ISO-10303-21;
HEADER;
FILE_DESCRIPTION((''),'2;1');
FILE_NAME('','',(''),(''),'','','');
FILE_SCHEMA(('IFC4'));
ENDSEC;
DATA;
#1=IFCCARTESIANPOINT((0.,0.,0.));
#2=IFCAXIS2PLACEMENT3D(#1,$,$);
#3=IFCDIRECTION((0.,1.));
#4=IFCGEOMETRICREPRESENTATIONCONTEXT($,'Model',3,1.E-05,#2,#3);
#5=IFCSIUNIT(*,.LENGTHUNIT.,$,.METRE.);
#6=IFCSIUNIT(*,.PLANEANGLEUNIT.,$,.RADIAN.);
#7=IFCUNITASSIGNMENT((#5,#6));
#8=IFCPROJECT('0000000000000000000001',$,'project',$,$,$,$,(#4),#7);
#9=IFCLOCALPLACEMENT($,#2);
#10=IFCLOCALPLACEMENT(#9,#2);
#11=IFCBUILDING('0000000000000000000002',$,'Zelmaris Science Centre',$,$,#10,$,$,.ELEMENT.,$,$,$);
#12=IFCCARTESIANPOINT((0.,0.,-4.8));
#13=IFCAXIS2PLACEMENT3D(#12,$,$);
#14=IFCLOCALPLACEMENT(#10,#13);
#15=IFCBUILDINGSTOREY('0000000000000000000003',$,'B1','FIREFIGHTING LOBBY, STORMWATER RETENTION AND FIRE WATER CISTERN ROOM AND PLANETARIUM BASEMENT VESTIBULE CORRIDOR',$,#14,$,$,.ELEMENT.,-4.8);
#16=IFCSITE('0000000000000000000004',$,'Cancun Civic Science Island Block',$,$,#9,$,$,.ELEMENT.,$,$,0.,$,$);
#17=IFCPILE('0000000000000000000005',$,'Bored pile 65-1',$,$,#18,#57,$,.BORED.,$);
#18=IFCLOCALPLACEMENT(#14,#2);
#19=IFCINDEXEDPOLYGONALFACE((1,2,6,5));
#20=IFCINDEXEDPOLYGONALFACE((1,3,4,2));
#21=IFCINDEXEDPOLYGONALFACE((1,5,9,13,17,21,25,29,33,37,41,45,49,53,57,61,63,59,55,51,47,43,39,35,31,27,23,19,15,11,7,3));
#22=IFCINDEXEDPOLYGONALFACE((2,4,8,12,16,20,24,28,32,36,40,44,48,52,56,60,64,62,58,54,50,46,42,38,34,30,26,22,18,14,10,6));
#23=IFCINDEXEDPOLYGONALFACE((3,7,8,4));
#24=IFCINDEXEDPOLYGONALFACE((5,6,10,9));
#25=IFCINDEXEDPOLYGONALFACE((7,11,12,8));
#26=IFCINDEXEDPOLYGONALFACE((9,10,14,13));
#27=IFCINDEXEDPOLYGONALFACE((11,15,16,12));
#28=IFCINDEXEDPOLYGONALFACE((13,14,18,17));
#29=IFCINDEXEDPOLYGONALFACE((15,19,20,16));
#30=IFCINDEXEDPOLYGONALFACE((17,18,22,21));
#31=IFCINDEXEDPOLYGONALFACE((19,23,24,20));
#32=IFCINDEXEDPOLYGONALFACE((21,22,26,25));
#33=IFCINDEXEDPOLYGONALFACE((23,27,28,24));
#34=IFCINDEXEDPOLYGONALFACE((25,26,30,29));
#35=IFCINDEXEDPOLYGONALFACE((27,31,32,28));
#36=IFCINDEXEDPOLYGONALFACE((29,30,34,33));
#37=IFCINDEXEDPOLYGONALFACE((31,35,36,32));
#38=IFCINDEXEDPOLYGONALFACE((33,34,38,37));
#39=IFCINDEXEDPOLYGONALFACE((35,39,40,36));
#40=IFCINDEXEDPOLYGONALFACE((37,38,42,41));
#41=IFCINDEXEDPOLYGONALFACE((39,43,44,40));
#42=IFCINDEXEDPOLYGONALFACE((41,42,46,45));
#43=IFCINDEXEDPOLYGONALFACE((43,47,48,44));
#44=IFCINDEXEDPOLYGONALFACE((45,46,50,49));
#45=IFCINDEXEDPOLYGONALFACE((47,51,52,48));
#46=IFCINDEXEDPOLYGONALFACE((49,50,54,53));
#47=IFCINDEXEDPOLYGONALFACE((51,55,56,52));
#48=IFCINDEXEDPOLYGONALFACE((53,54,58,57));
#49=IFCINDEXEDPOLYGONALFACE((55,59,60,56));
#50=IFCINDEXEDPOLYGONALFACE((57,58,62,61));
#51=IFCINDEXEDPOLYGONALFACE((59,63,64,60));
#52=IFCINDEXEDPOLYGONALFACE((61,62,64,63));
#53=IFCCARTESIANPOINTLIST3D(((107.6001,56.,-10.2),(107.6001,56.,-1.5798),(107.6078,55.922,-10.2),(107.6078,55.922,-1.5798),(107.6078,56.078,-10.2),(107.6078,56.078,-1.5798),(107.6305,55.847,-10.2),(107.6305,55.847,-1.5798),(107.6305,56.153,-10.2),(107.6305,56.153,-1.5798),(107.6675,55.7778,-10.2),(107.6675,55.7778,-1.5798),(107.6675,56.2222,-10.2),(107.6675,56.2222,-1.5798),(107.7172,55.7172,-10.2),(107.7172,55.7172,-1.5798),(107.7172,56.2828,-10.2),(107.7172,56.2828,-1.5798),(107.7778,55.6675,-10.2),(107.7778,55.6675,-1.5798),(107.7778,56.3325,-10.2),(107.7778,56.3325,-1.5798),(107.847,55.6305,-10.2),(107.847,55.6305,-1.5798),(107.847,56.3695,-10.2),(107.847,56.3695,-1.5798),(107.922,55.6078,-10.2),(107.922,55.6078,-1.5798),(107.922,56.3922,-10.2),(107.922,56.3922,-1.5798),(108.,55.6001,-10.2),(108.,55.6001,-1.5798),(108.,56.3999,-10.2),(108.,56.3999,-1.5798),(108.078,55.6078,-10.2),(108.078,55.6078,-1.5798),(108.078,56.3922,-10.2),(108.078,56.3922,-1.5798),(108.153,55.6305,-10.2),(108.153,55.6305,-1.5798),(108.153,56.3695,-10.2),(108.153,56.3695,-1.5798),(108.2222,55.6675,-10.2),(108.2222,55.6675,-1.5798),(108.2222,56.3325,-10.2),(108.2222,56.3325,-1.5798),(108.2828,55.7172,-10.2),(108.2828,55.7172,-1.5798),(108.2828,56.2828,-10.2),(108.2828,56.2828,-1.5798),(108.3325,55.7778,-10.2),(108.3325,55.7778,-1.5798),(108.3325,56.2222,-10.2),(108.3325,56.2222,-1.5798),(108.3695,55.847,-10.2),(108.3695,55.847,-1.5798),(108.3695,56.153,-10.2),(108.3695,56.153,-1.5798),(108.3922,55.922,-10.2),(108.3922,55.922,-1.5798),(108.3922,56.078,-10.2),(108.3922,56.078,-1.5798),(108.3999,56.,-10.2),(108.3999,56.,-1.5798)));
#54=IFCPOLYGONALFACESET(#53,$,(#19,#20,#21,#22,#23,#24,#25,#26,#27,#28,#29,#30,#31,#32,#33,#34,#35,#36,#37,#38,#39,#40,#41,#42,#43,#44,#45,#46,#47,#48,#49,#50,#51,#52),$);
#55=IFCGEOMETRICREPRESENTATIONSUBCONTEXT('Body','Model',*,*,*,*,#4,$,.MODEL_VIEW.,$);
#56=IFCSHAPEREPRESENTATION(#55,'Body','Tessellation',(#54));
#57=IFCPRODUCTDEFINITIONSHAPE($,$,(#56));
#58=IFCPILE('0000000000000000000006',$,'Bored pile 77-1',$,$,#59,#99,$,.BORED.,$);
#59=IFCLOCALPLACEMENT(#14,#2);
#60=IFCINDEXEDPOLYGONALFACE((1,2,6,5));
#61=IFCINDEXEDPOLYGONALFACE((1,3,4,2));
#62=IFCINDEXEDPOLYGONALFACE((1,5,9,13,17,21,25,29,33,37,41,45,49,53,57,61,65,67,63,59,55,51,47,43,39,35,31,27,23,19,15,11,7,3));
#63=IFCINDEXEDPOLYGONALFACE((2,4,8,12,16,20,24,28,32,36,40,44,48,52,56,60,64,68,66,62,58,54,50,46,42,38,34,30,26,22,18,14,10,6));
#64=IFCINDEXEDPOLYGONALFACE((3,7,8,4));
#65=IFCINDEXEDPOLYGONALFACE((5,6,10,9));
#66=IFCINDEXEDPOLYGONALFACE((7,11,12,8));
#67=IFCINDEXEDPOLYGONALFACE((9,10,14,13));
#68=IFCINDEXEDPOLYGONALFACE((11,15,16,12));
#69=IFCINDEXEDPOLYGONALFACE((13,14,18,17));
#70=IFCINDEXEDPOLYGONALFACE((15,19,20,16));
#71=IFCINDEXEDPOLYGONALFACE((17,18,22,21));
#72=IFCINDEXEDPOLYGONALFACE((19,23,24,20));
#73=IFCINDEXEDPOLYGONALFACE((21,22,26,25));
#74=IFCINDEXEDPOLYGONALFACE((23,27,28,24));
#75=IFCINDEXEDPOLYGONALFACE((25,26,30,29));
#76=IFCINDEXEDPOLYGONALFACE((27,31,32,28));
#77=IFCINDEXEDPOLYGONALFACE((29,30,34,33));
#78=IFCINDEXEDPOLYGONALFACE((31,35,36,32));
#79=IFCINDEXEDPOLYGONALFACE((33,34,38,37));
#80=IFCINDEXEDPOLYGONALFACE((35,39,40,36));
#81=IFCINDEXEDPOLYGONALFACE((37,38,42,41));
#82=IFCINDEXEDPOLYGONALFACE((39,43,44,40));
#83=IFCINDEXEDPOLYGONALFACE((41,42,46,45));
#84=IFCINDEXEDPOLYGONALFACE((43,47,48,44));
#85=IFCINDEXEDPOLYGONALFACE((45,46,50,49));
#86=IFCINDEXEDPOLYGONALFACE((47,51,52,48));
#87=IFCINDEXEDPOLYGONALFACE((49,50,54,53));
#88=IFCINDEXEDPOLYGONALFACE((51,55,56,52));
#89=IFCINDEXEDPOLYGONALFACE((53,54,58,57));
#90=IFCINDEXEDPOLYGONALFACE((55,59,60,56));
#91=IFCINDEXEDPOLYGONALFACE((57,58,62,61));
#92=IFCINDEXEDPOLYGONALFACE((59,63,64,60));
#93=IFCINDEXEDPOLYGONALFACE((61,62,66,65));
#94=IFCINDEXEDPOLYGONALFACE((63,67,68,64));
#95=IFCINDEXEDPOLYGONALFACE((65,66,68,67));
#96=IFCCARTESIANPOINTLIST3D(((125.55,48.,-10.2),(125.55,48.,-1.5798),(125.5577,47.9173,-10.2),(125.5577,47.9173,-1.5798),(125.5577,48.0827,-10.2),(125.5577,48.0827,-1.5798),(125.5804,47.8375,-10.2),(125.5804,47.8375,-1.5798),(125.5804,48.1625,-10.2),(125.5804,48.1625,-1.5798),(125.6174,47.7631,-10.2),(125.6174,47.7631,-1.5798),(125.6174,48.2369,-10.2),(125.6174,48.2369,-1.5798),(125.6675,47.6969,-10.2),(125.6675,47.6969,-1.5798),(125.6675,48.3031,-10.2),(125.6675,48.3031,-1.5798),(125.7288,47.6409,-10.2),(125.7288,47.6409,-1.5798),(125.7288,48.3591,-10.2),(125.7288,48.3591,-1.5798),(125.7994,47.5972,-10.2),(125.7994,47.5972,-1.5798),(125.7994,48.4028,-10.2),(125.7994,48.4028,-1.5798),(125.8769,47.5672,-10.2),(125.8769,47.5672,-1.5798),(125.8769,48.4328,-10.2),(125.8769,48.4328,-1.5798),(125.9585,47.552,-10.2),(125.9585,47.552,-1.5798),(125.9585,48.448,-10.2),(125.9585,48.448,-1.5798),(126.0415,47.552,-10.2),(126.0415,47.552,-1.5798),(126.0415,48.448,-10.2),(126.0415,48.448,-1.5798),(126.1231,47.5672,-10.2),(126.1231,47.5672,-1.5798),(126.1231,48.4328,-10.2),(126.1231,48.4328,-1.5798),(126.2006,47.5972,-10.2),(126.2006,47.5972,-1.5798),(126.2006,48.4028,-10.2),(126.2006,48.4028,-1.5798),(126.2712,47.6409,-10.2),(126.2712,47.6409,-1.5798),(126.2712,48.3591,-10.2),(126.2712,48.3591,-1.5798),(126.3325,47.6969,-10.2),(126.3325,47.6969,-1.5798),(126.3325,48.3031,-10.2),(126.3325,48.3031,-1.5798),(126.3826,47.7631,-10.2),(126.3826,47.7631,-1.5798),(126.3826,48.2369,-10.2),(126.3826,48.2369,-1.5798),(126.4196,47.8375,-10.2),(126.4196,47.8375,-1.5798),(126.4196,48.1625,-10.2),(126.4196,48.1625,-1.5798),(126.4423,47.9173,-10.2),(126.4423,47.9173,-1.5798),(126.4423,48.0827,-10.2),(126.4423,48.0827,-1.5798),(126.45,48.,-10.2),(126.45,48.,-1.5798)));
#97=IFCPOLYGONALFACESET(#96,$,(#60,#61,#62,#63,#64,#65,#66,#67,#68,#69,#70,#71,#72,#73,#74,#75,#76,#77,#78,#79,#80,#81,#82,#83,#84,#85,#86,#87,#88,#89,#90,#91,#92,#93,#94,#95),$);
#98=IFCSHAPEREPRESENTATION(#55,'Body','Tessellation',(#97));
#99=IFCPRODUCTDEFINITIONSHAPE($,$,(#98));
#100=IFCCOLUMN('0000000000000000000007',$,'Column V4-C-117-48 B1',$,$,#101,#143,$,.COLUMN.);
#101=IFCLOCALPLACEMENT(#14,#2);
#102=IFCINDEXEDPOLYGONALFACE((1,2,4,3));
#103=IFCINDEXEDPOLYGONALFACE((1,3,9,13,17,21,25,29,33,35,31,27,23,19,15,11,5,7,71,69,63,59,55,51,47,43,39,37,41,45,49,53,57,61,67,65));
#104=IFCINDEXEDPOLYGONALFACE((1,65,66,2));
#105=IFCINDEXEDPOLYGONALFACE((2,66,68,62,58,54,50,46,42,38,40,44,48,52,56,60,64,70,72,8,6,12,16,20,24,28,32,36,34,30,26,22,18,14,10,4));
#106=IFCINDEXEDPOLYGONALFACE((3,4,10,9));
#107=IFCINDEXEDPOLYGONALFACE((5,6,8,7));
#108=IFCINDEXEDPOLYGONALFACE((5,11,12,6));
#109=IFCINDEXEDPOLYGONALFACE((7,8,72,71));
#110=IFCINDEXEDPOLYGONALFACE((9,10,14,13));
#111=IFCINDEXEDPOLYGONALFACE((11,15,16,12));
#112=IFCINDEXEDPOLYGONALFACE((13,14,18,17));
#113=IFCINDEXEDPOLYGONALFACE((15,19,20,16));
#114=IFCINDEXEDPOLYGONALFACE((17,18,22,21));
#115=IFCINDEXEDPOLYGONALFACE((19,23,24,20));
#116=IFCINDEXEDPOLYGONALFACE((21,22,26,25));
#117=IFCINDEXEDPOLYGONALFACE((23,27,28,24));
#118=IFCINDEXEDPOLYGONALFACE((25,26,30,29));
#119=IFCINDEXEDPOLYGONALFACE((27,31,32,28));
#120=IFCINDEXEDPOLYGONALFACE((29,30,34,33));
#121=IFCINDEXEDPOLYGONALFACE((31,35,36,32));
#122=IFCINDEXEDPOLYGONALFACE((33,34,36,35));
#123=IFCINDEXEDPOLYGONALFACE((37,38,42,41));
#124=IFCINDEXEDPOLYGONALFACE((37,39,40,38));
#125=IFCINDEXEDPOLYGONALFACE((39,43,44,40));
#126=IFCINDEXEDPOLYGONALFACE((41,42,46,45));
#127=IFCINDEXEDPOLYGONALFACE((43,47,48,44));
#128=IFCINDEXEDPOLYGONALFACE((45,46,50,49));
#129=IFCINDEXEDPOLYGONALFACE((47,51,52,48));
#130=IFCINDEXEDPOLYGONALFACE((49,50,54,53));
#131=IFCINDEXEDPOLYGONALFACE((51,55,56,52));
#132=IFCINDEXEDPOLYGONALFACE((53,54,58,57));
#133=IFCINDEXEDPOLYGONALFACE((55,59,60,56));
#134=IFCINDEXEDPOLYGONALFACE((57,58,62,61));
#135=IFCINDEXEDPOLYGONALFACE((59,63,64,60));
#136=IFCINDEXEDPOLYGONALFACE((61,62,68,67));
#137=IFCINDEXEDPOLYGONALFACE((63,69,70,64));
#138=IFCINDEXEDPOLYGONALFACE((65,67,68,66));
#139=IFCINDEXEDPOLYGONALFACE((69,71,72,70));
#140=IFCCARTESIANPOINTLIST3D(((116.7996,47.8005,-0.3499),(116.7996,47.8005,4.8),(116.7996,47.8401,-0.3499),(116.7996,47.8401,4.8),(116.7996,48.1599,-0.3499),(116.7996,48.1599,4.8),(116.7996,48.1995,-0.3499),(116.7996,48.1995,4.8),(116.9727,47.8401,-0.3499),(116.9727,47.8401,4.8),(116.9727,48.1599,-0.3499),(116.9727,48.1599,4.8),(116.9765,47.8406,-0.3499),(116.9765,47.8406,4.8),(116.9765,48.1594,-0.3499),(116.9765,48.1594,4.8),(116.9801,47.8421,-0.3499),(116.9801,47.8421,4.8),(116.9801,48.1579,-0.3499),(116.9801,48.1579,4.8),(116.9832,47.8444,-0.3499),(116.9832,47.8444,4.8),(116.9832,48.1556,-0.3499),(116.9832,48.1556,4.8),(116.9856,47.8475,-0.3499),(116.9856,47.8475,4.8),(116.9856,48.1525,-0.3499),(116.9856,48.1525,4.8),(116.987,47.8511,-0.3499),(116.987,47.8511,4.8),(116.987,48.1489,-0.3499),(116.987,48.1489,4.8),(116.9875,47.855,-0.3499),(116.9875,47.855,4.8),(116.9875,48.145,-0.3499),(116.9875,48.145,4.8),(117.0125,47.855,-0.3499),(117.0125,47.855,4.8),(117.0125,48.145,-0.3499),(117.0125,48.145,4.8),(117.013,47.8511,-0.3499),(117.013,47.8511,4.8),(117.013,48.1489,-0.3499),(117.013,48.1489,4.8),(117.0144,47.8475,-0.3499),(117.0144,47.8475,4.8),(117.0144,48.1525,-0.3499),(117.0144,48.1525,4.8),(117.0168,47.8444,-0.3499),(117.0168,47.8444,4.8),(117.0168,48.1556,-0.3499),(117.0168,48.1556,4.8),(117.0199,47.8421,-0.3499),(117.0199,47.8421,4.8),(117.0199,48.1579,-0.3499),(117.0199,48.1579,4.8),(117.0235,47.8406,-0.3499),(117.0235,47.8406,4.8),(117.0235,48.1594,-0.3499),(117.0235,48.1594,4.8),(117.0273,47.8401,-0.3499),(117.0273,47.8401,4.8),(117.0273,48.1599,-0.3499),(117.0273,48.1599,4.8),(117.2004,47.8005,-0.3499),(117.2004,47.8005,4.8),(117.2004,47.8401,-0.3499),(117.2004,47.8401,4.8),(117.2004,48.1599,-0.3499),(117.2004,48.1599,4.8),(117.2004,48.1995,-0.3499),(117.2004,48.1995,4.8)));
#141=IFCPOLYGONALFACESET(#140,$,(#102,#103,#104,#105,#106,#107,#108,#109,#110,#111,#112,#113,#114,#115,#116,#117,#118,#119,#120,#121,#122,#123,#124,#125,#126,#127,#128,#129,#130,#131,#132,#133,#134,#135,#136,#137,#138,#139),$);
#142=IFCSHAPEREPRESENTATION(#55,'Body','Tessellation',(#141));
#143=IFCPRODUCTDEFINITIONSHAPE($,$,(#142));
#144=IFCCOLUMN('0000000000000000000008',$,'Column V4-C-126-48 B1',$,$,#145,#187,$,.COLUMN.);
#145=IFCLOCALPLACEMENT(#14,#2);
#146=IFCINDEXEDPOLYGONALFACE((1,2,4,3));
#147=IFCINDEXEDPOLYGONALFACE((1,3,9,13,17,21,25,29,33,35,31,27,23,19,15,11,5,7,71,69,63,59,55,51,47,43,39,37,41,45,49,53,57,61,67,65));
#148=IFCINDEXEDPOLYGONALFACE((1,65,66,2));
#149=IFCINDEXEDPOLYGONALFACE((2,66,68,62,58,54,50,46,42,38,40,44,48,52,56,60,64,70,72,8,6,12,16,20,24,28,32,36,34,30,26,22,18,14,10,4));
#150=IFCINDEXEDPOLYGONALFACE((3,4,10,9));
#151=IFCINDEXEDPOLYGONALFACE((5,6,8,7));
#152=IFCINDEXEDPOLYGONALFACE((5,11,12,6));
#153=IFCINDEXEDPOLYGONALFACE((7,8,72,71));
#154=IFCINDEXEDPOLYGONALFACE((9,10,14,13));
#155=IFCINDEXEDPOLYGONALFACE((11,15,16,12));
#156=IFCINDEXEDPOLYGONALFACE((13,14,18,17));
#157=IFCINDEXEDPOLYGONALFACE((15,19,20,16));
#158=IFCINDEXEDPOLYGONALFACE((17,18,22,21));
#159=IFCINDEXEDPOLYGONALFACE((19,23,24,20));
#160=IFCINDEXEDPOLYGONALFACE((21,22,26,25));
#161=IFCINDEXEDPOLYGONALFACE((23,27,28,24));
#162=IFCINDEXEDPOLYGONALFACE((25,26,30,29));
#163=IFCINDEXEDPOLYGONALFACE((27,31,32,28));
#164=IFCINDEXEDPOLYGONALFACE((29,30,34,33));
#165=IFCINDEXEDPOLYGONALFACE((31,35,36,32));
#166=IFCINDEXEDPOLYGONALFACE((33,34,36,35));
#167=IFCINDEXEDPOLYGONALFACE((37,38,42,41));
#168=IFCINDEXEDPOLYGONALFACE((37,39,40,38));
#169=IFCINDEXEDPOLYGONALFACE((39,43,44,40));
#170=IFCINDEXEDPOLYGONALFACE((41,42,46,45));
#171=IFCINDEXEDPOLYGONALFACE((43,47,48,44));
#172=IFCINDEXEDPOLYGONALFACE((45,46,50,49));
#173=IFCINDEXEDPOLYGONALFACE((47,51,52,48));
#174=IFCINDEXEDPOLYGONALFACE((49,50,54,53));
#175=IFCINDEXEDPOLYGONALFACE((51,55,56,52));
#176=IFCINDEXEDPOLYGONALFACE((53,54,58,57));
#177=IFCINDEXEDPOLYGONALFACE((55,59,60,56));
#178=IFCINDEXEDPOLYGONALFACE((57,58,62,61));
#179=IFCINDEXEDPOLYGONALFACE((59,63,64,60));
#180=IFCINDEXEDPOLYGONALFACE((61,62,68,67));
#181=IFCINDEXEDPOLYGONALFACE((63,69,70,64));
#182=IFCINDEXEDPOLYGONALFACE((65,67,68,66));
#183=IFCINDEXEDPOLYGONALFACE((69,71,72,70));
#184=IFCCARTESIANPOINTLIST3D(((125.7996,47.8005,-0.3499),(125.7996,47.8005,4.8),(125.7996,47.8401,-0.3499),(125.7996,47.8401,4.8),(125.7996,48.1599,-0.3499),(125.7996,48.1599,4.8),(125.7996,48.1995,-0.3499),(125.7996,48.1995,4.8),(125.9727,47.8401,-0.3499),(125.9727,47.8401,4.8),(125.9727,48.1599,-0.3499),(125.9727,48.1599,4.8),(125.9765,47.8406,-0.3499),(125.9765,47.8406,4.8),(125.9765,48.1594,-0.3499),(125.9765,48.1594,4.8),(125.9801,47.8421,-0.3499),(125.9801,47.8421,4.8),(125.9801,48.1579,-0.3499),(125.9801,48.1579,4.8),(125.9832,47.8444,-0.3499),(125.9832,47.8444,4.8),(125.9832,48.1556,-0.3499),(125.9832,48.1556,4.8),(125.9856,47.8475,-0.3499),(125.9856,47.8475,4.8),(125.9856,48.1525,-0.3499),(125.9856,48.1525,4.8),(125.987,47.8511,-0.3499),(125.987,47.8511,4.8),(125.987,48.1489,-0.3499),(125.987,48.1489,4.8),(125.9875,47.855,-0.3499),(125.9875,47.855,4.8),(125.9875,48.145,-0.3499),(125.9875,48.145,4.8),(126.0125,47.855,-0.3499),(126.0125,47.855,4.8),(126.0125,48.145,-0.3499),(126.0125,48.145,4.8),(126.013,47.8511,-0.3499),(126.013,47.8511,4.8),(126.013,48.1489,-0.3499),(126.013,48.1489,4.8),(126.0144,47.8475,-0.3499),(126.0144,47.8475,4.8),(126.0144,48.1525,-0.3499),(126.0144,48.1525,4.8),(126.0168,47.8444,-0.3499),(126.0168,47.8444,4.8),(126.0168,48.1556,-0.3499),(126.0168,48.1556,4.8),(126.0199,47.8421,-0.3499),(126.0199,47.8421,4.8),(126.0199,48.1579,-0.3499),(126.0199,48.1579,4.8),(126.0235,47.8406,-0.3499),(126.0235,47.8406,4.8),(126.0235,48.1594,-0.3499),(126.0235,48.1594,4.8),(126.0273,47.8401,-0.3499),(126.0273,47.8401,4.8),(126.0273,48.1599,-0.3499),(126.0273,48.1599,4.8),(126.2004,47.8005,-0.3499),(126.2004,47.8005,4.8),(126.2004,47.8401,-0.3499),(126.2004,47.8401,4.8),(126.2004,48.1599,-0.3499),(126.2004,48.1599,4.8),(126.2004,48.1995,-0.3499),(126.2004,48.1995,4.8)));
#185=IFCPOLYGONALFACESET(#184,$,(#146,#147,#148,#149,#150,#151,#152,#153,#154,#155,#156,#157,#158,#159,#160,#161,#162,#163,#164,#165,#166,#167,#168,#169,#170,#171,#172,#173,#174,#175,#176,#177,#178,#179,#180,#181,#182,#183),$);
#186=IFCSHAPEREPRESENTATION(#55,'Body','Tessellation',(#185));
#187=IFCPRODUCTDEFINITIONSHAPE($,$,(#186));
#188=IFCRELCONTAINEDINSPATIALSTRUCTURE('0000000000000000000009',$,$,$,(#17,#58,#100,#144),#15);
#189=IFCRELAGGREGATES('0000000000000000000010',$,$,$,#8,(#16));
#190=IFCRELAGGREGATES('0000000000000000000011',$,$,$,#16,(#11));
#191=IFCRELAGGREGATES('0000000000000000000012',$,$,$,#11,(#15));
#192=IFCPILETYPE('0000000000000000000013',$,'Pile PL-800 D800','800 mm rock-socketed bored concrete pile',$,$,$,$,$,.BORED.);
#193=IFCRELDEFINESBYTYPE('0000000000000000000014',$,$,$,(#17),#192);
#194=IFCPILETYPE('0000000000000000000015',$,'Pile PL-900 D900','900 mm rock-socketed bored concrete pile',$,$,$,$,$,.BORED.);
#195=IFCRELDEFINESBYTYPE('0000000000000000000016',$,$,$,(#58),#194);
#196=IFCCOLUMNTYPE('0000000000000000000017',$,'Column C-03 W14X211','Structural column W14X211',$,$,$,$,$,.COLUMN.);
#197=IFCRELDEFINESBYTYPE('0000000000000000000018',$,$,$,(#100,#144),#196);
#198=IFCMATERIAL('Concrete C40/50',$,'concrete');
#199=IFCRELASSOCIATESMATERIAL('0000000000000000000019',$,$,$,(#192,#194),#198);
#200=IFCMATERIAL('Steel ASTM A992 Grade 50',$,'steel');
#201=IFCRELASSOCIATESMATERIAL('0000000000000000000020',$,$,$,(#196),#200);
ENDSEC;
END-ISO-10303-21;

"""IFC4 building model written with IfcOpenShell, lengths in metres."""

from ifc_helpers import new_model, si_unit, direction, frame, origin, origin_2d, place, context, subcontext, project, spatial, circle, i_section, extrude, material, material_profile, profile_set, type_object, element, save


model = new_model("IFC4")

# Units and contexts
model_context = context("Model", 3, precision=1e-05, world=origin(), true_north=direction((0.0, 1.0)))
body_context = subcontext(model_context, "Body", "Model", "MODEL_VIEW")
ifc_project = project(units=[si_unit("LENGTHUNIT", "METRE"), si_unit("PLANEANGLEUNIT", "RADIAN")], contexts=[model_context])

# Site, building, storey
site_placement = place(None, origin())
site = spatial("IfcSite", under=ifc_project, at=site_placement, Name="Cancun Civic Science Island Block", CompositionType="ELEMENT", RefElevation=0.0)
building_placement = place(site_placement, origin())
building = spatial("IfcBuilding", under=site, at=building_placement, Name="Zelmaris Science Centre", CompositionType="ELEMENT")
storey_placement = place(building_placement, frame((0.0, 0.0, -4.8)))
storey = spatial("IfcBuildingStorey", under=building, at=storey_placement, Name="B1", Description="FIREFIGHTING LOBBY, STORMWATER RETENTION AND FIRE WATER CISTERN ROOM AND PLANETARIUM BASEMENT VESTIBULE CORRIDOR", CompositionType="ELEMENT", Elevation=-4.8)

# Shared definitions
ifc_material_1 = material(Name="Concrete C40/50", Category="concrete")

# Piles
ifc_material_profile_1 = material_profile(ifc_material_1, circle(Radius=0.3999, at=origin_2d()), Name="PILE-800")
ifc_profile_set_1 = profile_set([ifc_material_profile_1], Name="Concrete C40/50")
pile_type_1 = type_object("IfcPileType", Name="Pile PL-800 D800", Description="800 mm rock-socketed bored concrete pile", PredefinedType="BORED", material=ifc_profile_set_1)
pile_1_placement = place(storey_placement, frame((108.0, 56.0, -1.5798), z_axis=(0.0, 0.0, -1.0), x_axis=(1.0, 0.0, 0.0)))
element("IfcPile", 1, at=pile_1_placement, inside=storey, type_object=pile_type_1, Name="Bored pile 65-1", PredefinedType="BORED", context=body_context, shape_type="SweptSolid", body=[
    extrude(circle(Radius=0.3999, at=origin_2d()), origin(), (0.0, 0.0, 1.0), 8.6201),
])
ifc_material_profile_2 = material_profile(ifc_material_1, circle(Radius=0.45, at=origin_2d()), Name="PILE-900")
ifc_profile_set_2 = profile_set([ifc_material_profile_2], Name="Concrete C40/50")
pile_type_2 = type_object("IfcPileType", Name="Pile PL-900 D900", Description="900 mm rock-socketed bored concrete pile", PredefinedType="BORED", material=ifc_profile_set_2)
pile_2_placement = place(storey_placement, frame((126.0, 48.0, -1.5798), z_axis=(0.0, 0.0, -1.0), x_axis=(1.0, 0.0, 0.0)))
element("IfcPile", 2, at=pile_2_placement, inside=storey, type_object=pile_type_2, Name="Bored pile 77-1", PredefinedType="BORED", context=body_context, shape_type="SweptSolid", body=[
    extrude(circle(Radius=0.45, at=origin_2d()), origin(), (0.0, 0.0, 1.0), 8.6201),
])

# Columns
ifc_material_2 = material(Name="Steel ASTM A992 Grade 50", Category="steel")
ifc_material_profile_3 = material_profile(ifc_material_2, i_section(OverallWidth=0.4009, OverallDepth=0.3989, WebThickness=0.0249, FlangeThickness=0.0396, FilletRadius=0.0149, at=origin_2d()), Name="W14X211")
ifc_profile_set_3 = profile_set([ifc_material_profile_3], Name="Steel ASTM A992 Grade 50")
column_type_1 = type_object("IfcColumnType", Name="Column C-03 W14X211", Description="Structural column W14X211", PredefinedType="COLUMN", material=ifc_profile_set_3)
for number, where, z_axis, x_axis, name in (
    (3, (117.0, 48.0, -0.3499), (0.0, 0.0, 1.0), (1.0, 0.0, 0.0), "Column V4-C-117-48 B1"),
    (4, (126.0, 48.0, -0.3499), (0.0, 0.0, 1.0), (1.0, 0.0, 0.0), "Column V4-C-126-48 B1"),
):
    element("IfcColumn", number, at=place(storey_placement, frame(where, z_axis=z_axis, x_axis=x_axis)), inside=storey, type_object=column_type_1, Name=name, PredefinedType="COLUMN", context=body_context, shape_type="SweptSolid", body=[
        extrude(i_section(OverallWidth=0.4009, OverallDepth=0.3989, WebThickness=0.0249, FlangeThickness=0.0396, FilletRadius=0.0149, at=origin_2d()), origin(), (0.0, 0.0, 1.0), 5.1499),
    ])

save(model, "model.ifc")
